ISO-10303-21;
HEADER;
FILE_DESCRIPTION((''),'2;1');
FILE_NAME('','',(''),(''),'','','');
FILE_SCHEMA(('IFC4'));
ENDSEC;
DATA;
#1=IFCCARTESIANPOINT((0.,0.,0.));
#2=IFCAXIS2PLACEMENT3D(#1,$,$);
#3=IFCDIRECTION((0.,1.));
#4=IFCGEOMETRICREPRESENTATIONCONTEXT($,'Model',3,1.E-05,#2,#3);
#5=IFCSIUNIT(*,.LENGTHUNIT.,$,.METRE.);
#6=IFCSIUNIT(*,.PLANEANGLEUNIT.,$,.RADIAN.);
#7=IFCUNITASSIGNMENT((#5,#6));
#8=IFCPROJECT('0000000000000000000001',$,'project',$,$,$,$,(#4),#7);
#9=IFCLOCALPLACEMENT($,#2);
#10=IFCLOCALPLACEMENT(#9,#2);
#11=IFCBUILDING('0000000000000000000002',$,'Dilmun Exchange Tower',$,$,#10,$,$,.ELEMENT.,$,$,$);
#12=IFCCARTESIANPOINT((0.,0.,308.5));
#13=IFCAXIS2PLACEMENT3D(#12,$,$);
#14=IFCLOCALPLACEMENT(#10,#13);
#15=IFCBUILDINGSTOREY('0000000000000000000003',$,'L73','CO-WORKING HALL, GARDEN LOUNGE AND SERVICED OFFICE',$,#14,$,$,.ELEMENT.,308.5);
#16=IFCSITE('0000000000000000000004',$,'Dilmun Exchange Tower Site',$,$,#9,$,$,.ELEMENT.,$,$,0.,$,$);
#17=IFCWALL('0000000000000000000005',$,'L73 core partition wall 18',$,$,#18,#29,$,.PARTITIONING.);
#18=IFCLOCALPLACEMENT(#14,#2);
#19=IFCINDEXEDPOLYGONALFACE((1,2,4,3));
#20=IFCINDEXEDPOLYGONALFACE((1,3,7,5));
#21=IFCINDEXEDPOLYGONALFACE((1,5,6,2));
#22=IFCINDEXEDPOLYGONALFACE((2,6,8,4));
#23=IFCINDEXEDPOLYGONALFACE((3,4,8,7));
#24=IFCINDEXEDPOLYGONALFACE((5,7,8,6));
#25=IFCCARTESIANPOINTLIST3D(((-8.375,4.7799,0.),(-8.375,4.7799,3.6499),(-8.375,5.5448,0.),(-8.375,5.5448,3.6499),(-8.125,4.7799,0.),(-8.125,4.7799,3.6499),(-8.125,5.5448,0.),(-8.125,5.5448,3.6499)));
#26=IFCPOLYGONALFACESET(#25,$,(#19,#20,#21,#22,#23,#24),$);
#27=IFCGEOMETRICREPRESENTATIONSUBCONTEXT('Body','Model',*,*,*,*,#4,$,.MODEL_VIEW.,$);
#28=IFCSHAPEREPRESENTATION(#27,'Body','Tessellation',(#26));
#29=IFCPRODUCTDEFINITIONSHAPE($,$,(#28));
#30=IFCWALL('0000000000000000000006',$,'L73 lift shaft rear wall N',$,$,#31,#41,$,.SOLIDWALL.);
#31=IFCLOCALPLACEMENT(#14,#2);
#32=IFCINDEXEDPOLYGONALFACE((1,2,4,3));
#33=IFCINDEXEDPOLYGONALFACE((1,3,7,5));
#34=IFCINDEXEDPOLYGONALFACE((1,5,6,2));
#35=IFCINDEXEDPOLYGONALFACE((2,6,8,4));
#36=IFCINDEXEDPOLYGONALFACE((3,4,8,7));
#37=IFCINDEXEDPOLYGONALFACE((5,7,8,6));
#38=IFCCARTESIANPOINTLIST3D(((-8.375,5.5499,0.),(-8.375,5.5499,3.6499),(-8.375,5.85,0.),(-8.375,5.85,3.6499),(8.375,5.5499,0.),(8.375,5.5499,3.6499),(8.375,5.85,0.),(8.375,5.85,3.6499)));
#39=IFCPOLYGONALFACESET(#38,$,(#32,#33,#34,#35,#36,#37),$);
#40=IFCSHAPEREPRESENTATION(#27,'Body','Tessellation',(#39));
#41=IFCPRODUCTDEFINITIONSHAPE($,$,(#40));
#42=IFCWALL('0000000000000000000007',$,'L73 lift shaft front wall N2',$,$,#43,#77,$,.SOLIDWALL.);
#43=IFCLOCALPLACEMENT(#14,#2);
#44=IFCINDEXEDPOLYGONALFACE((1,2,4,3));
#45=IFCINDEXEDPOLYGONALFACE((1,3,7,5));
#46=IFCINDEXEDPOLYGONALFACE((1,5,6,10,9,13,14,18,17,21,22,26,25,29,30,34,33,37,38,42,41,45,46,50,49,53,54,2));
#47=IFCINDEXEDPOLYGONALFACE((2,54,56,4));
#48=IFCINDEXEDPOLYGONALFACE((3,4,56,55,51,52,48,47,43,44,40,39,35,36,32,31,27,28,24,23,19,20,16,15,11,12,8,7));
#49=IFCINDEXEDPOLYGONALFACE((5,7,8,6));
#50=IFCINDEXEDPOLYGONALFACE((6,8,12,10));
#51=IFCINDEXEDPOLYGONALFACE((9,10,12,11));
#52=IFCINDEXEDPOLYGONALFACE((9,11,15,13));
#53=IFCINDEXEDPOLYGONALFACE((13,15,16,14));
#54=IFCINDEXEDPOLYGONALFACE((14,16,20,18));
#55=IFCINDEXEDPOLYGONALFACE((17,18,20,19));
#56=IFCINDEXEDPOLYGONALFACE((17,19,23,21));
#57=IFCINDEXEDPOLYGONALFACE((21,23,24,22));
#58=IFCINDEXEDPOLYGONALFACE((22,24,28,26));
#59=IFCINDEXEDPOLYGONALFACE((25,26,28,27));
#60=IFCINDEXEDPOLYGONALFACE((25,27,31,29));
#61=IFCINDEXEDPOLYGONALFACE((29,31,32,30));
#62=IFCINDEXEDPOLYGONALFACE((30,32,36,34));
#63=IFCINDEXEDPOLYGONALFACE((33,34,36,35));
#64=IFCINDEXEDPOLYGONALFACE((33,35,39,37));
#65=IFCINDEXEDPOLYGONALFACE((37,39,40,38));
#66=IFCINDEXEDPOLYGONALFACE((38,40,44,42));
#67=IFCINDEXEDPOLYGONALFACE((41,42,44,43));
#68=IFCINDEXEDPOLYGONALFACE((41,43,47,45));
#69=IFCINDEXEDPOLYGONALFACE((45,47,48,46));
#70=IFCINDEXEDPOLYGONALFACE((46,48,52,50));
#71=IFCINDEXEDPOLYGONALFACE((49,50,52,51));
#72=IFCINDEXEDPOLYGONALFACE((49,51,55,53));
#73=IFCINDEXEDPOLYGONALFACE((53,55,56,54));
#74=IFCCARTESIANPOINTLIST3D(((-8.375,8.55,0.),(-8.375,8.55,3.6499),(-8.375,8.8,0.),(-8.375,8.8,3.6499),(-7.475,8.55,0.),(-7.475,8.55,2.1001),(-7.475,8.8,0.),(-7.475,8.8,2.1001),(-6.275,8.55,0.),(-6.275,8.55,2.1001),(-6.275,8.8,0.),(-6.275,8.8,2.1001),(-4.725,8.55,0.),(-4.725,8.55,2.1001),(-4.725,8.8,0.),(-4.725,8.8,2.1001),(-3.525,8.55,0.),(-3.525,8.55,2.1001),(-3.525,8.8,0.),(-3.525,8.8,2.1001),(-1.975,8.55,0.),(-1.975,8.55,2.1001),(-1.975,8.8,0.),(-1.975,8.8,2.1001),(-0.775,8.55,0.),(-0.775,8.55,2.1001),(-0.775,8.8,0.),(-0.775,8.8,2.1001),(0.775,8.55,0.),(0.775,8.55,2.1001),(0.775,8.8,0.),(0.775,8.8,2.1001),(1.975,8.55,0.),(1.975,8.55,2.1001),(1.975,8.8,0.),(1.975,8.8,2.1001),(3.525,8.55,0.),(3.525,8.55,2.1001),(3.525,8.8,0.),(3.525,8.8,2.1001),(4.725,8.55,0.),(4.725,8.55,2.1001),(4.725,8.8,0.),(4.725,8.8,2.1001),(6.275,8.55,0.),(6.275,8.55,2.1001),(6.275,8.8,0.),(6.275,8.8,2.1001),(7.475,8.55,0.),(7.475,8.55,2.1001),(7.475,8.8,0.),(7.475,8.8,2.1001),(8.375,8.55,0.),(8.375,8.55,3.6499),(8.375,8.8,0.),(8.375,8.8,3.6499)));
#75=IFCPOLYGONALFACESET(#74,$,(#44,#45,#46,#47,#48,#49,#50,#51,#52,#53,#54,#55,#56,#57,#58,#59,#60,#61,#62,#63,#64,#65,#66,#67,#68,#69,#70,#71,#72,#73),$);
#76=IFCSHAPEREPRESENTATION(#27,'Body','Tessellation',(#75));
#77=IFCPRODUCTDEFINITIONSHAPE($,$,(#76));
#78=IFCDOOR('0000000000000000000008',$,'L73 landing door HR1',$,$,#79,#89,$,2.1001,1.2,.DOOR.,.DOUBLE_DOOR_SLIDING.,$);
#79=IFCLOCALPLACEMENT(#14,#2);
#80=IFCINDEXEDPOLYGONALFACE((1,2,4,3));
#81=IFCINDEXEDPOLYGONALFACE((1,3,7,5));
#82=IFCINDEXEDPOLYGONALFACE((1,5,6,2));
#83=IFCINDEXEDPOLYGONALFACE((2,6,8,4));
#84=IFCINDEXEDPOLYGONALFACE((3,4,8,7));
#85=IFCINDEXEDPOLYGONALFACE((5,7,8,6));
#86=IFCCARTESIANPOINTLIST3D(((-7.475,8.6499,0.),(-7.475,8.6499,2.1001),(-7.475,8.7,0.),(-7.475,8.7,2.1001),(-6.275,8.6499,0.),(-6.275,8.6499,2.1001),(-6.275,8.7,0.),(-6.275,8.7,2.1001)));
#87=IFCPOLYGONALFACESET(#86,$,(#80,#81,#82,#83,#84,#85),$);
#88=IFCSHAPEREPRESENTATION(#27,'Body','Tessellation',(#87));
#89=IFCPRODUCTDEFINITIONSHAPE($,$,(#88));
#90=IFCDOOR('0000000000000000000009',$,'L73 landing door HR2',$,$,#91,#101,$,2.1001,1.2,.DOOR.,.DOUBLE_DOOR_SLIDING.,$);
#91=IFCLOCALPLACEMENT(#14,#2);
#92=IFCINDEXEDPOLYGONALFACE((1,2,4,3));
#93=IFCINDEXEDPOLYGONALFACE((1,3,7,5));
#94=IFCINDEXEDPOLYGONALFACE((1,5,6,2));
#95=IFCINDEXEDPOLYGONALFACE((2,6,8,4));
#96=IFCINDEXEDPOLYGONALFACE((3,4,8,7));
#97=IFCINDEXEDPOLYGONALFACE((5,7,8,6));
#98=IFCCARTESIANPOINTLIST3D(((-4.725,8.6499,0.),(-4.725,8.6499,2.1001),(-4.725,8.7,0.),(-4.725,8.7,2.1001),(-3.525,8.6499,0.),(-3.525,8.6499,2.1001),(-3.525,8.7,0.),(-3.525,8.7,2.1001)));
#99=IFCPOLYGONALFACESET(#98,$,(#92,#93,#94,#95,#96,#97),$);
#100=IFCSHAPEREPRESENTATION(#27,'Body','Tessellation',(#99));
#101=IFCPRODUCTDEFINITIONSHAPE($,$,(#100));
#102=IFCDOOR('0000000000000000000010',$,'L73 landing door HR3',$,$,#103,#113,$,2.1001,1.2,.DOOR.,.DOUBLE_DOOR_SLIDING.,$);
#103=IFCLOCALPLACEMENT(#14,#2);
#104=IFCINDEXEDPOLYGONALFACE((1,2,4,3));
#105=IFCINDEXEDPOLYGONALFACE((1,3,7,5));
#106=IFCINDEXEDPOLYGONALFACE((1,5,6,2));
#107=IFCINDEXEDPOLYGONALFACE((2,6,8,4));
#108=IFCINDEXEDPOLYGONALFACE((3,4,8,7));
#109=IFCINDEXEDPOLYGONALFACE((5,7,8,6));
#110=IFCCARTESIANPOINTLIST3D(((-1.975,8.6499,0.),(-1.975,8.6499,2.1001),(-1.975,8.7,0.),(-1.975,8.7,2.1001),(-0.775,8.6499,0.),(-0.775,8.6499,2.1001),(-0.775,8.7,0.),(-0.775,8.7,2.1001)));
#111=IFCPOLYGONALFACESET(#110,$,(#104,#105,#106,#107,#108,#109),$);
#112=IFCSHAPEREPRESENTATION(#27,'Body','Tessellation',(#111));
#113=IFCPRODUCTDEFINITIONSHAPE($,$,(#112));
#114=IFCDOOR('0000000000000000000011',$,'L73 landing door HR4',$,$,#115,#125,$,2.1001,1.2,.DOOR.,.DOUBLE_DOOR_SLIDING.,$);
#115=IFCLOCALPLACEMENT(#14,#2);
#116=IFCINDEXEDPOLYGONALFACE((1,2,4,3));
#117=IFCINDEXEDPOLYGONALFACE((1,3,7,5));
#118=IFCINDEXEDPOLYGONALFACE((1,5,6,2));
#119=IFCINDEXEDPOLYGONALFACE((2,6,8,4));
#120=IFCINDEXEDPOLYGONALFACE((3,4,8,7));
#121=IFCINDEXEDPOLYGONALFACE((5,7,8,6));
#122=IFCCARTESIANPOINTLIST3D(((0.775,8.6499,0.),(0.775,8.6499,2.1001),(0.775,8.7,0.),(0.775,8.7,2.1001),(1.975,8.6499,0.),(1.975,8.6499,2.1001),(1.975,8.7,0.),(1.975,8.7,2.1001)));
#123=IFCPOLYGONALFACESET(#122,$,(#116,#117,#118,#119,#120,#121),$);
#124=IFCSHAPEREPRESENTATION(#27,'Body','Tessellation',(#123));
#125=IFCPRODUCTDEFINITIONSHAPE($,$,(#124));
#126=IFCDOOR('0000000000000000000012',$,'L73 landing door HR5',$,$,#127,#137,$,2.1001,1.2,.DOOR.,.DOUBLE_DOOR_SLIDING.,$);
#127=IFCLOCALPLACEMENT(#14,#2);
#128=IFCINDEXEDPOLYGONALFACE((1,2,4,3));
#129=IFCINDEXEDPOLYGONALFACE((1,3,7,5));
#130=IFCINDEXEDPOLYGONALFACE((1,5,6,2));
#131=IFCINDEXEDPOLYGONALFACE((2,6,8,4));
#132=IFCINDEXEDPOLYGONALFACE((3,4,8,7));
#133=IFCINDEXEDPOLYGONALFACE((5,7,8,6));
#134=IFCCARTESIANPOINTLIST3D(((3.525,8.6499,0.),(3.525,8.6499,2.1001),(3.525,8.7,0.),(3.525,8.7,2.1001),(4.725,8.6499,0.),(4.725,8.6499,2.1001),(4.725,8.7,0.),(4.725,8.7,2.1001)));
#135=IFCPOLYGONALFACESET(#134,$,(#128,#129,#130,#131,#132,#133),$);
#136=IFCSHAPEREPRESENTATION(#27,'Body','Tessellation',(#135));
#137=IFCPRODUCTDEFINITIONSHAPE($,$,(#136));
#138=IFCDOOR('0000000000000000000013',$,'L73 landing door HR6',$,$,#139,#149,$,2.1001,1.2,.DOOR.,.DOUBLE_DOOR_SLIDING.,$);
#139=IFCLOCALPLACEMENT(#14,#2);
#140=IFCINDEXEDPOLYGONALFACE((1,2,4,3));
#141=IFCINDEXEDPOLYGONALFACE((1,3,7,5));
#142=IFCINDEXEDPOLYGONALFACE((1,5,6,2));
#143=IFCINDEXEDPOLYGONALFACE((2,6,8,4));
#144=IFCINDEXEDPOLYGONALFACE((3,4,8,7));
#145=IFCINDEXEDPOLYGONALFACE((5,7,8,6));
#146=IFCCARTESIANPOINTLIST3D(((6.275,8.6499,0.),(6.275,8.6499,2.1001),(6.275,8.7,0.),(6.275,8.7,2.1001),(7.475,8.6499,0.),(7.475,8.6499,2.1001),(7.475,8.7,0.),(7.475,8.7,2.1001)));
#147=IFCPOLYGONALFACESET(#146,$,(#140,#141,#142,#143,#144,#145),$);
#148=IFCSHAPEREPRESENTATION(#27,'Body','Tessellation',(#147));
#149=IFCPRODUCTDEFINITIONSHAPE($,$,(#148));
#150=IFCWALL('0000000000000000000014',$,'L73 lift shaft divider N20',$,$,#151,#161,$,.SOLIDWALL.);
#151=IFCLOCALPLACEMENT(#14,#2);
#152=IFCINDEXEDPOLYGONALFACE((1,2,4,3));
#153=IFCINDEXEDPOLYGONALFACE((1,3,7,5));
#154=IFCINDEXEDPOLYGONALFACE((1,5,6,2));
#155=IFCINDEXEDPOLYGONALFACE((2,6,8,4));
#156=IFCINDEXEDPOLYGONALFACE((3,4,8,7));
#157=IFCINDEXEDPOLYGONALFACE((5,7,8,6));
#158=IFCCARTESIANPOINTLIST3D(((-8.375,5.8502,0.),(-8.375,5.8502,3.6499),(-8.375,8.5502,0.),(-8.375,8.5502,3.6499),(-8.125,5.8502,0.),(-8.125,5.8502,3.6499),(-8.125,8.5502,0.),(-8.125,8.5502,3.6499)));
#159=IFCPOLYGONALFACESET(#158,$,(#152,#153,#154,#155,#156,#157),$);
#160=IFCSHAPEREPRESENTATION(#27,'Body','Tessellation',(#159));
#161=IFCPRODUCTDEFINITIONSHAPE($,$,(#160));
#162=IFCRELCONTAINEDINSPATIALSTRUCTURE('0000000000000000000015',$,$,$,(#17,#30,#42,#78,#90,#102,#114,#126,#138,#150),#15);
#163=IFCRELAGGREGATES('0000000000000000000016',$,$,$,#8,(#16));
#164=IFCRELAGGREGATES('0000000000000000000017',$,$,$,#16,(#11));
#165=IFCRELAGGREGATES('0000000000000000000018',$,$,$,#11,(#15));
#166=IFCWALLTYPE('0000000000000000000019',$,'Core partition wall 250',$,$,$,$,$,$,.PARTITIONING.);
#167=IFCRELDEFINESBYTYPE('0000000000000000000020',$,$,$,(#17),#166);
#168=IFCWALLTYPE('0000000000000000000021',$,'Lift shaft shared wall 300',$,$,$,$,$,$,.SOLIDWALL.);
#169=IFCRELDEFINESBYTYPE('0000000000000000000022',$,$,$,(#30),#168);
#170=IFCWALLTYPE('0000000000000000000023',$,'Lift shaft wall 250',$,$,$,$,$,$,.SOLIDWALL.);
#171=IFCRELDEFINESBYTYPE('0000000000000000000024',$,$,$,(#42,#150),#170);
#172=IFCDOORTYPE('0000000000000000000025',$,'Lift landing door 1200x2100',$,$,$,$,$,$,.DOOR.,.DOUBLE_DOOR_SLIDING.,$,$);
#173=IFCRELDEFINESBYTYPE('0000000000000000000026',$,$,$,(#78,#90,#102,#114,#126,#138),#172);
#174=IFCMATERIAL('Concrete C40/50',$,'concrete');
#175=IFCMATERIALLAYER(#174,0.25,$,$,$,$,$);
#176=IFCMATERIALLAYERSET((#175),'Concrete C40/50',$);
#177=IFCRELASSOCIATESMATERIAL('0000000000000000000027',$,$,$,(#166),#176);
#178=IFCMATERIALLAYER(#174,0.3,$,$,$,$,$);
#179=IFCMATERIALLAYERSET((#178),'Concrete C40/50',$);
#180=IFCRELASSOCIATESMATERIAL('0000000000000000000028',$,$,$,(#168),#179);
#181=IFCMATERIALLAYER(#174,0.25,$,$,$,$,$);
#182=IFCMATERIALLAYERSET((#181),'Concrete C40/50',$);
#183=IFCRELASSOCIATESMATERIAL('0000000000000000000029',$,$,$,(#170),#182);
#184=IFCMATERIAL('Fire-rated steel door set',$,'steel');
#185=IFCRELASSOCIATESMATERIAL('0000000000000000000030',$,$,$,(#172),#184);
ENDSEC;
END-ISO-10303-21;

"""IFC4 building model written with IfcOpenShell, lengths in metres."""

from ifc_helpers import new_model, si_unit, direction, frame, frame_2d, origin, place, context, subcontext, project, spatial, rectangle, extrude, material, layer, layer_set, type_object, element, fill, save


model = new_model("IFC4")

# Units and contexts
model_context = context("Model", 3, precision=1e-05, world=origin(), true_north=direction((0.0, 1.0)))
body_context = subcontext(model_context, "Body", "Model", "MODEL_VIEW")
ifc_project = project(units=[si_unit("LENGTHUNIT", "METRE"), si_unit("PLANEANGLEUNIT", "RADIAN")], contexts=[model_context])

# Site, building, storey
site_placement = place(None, origin())
site = spatial("IfcSite", under=ifc_project, at=site_placement, Name="Dilmun Exchange Tower Site", CompositionType="ELEMENT", RefElevation=0.0)
building_placement = place(site_placement, origin())
building = spatial("IfcBuilding", under=site, at=building_placement, Name="Dilmun Exchange Tower", CompositionType="ELEMENT")
storey_placement = place(building_placement, frame((0.0, 0.0, 308.5)))
storey = spatial("IfcBuildingStorey", under=building, at=storey_placement, Name="L73", Description="CO-WORKING HALL, GARDEN LOUNGE AND SERVICED OFFICE", CompositionType="ELEMENT", Elevation=308.5)

# Shared definitions
ifc_material_1 = material(Name="Concrete C40/50", Category="concrete")

# Shared definitions
ifc_layer_1 = layer(ifc_material_1, 0.25)
ifc_layer_set_1 = layer_set([ifc_layer_1], Name="Concrete C40/50")
wall_type_1 = type_object("IfcWallType", Name="Core partition wall 250", PredefinedType="PARTITIONING", material=ifc_layer_set_1)
ifc_material_2 = material(Name="Fire-rated steel door set", Category="steel")

# Walls
wall_1_placement = place(storey_placement, frame((-8.25, 4.78, 0.0), z_axis=(0.0, 0.0, 1.0), x_axis=(0.0, 1.0, 0.0)))
element("IfcWall", 1, at=wall_1_placement, inside=storey, type_object=wall_type_1, Name="L73 core partition wall 18", PredefinedType="PARTITIONING", context=body_context, shape_type="SweptSolid", body=[
    extrude(rectangle(XDim=0.7649, YDim=0.25, at=frame_2d((0.3823, 0.0))), origin(), (0.0, 0.0, 1.0), 3.6499),
])
ifc_layer_2 = layer(ifc_material_1, 0.3)
ifc_layer_set_2 = layer_set([ifc_layer_2], Name="Concrete C40/50")
wall_type_2 = type_object("IfcWallType", Name="Lift shaft shared wall 300", PredefinedType="SOLIDWALL", material=ifc_layer_set_2)
wall_2_placement = place(storey_placement, frame((-8.375, 5.7, 0.0), z_axis=(0.0, 0.0, 1.0), x_axis=(1.0, 0.0, 0.0)))
element("IfcWall", 2, at=wall_2_placement, inside=storey, type_object=wall_type_2, Name="L73 lift shaft rear wall N", PredefinedType="SOLIDWALL", context=body_context, shape_type="SweptSolid", body=[
    extrude(rectangle(XDim=16.75, YDim=0.3, at=frame_2d((8.375, 0.0))), origin(), (0.0, 0.0, 1.0), 3.6499),
])

# Wall, openings, doors
ifc_layer_3 = layer(ifc_material_1, 0.25)
ifc_layer_set_3 = layer_set([ifc_layer_3], Name="Concrete C40/50")
wall_type_3 = type_object("IfcWallType", Name="Lift shaft wall 250", PredefinedType="SOLIDWALL", material=ifc_layer_set_3)
wall_3_placement = place(storey_placement, frame((-8.375, 8.675, 0.0), z_axis=(0.0, 0.0, 1.0), x_axis=(1.0, 0.0, 0.0)))
wall_3 = element("IfcWall", 3, at=wall_3_placement, inside=storey, type_object=wall_type_3, Name="L73 lift shaft front wall N2", PredefinedType="SOLIDWALL", context=body_context, shape_type="SweptSolid", body=[
    extrude(rectangle(XDim=16.75, YDim=0.25, at=frame_2d((8.375, 0.0))), origin(), (0.0, 0.0, 1.0), 3.6499),
])
opening_1_placement = place(wall_3_placement, frame((0.8999, 0.0, 0.0)))
opening_1 = element("IfcOpeningElement", 4, at=opening_1_placement, cuts=wall_3, PredefinedType="OPENING", context=body_context, shape_type="SweptSolid", body=[
    extrude(rectangle(XDim=1.2, YDim=2.1001, at=frame_2d((0.6001, 1.05))), frame((0.0, 0.135, 0.0), z_axis=(0.0, -1.0, 0.0), x_axis=(1.0, 0.0, 0.0)), (0.0, 0.0, 1.0), 0.27),
])
opening_2_placement = place(wall_3_placement, frame((3.6499, 0.0, 0.0)))
opening_2 = element("IfcOpeningElement", 5, at=opening_2_placement, cuts=wall_3, PredefinedType="OPENING", context=body_context, shape_type="SweptSolid", body=[
    extrude(rectangle(XDim=1.2, YDim=2.1001, at=frame_2d((0.6001, 1.05))), frame((0.0, 0.135, 0.0), z_axis=(0.0, -1.0, 0.0), x_axis=(1.0, 0.0, 0.0)), (0.0, 0.0, 1.0), 0.27),
])
opening_3_placement = place(wall_3_placement, frame((6.3999, 0.0, 0.0)))
opening_3 = element("IfcOpeningElement", 6, at=opening_3_placement, cuts=wall_3, PredefinedType="OPENING", context=body_context, shape_type="SweptSolid", body=[
    extrude(rectangle(XDim=1.2, YDim=2.1001, at=frame_2d((0.6001, 1.05))), frame((0.0, 0.135, 0.0), z_axis=(0.0, -1.0, 0.0), x_axis=(1.0, 0.0, 0.0)), (0.0, 0.0, 1.0), 0.27),
])
opening_4_placement = place(wall_3_placement, frame((9.1499, 0.0, 0.0)))
opening_4 = element("IfcOpeningElement", 7, at=opening_4_placement, cuts=wall_3, PredefinedType="OPENING", context=body_context, shape_type="SweptSolid", body=[
    extrude(rectangle(XDim=1.2, YDim=2.1001, at=frame_2d((0.6001, 1.05))), frame((0.0, 0.135, 0.0), z_axis=(0.0, -1.0, 0.0), x_axis=(1.0, 0.0, 0.0)), (0.0, 0.0, 1.0), 0.27),
])
opening_5_placement = place(wall_3_placement, frame((11.8999, 0.0, 0.0)))
opening_5 = element("IfcOpeningElement", 8, at=opening_5_placement, cuts=wall_3, PredefinedType="OPENING", context=body_context, shape_type="SweptSolid", body=[
    extrude(rectangle(XDim=1.2, YDim=2.1001, at=frame_2d((0.6001, 1.05))), frame((0.0, 0.135, 0.0), z_axis=(0.0, -1.0, 0.0), x_axis=(1.0, 0.0, 0.0)), (0.0, 0.0, 1.0), 0.27),
])
opening_6_placement = place(wall_3_placement, frame((14.6499, 0.0, 0.0)))
opening_6 = element("IfcOpeningElement", 9, at=opening_6_placement, cuts=wall_3, PredefinedType="OPENING", context=body_context, shape_type="SweptSolid", body=[
    extrude(rectangle(XDim=1.2, YDim=2.1001, at=frame_2d((0.6001, 1.05))), frame((0.0, 0.135, 0.0), z_axis=(0.0, -1.0, 0.0), x_axis=(1.0, 0.0, 0.0)), (0.0, 0.0, 1.0), 0.27),
])
door_type_1 = type_object("IfcDoorType", Name="Lift landing door 1200x2100", OperationType="DOUBLE_DOOR_SLIDING", PredefinedType="DOOR", material=ifc_material_2)
door_1_placement = place(opening_1_placement, origin())
door_1 = element("IfcDoor", 10, at=door_1_placement, inside=storey, type_object=door_type_1, Name="L73 landing door HR1", OperationType="DOUBLE_DOOR_SLIDING", OverallHeight=2.1001, OverallWidth=1.2, PredefinedType="DOOR", context=body_context, shape_type="SweptSolid", body=[
    extrude(rectangle(XDim=1.2, YDim=2.1001, at=frame_2d((0.6001, 1.05))), frame((0.0, 0.0249, 0.0), z_axis=(0.0, -1.0, 0.0), x_axis=(1.0, 0.0, 0.0)), (0.0, 0.0, 1.0), 0.05),
])
fill(opening_1, door_1)
door_2_placement = place(opening_2_placement, origin())
door_2 = element("IfcDoor", 11, at=door_2_placement, inside=storey, type_object=door_type_1, Name="L73 landing door HR2", OperationType="DOUBLE_DOOR_SLIDING", OverallHeight=2.1001, OverallWidth=1.2, PredefinedType="DOOR", context=body_context, shape_type="SweptSolid", body=[
    extrude(rectangle(XDim=1.2, YDim=2.1001, at=frame_2d((0.6001, 1.05))), frame((0.0, 0.0249, 0.0), z_axis=(0.0, -1.0, 0.0), x_axis=(1.0, 0.0, 0.0)), (0.0, 0.0, 1.0), 0.05),
])
fill(opening_2, door_2)
door_3_placement = place(opening_3_placement, origin())
door_3 = element("IfcDoor", 12, at=door_3_placement, inside=storey, type_object=door_type_1, Name="L73 landing door HR3", OperationType="DOUBLE_DOOR_SLIDING", OverallHeight=2.1001, OverallWidth=1.2, PredefinedType="DOOR", context=body_context, shape_type="SweptSolid", body=[
    extrude(rectangle(XDim=1.2, YDim=2.1001, at=frame_2d((0.6001, 1.05))), frame((0.0, 0.0249, 0.0), z_axis=(0.0, -1.0, 0.0), x_axis=(1.0, 0.0, 0.0)), (0.0, 0.0, 1.0), 0.05),
])
fill(opening_3, door_3)
door_4_placement = place(opening_4_placement, origin())
door_4 = element("IfcDoor", 13, at=door_4_placement, inside=storey, type_object=door_type_1, Name="L73 landing door HR4", OperationType="DOUBLE_DOOR_SLIDING", OverallHeight=2.1001, OverallWidth=1.2, PredefinedType="DOOR", context=body_context, shape_type="SweptSolid", body=[
    extrude(rectangle(XDim=1.2, YDim=2.1001, at=frame_2d((0.6001, 1.05))), frame((0.0, 0.0249, 0.0), z_axis=(0.0, -1.0, 0.0), x_axis=(1.0, 0.0, 0.0)), (0.0, 0.0, 1.0), 0.05),
])
fill(opening_4, door_4)
door_5_placement = place(opening_5_placement, origin())
door_5 = element("IfcDoor", 14, at=door_5_placement, inside=storey, type_object=door_type_1, Name="L73 landing door HR5", OperationType="DOUBLE_DOOR_SLIDING", OverallHeight=2.1001, OverallWidth=1.2, PredefinedType="DOOR", context=body_context, shape_type="SweptSolid", body=[
    extrude(rectangle(XDim=1.2, YDim=2.1001, at=frame_2d((0.6001, 1.05))), frame((0.0, 0.0249, 0.0), z_axis=(0.0, -1.0, 0.0), x_axis=(1.0, 0.0, 0.0)), (0.0, 0.0, 1.0), 0.05),
])
fill(opening_5, door_5)
door_6_placement = place(opening_6_placement, origin())
door_6 = element("IfcDoor", 15, at=door_6_placement, inside=storey, type_object=door_type_1, Name="L73 landing door HR6", OperationType="DOUBLE_DOOR_SLIDING", OverallHeight=2.1001, OverallWidth=1.2, PredefinedType="DOOR", context=body_context, shape_type="SweptSolid", body=[
    extrude(rectangle(XDim=1.2, YDim=2.1001, at=frame_2d((0.6001, 1.05))), frame((0.0, 0.0249, 0.0), z_axis=(0.0, -1.0, 0.0), x_axis=(1.0, 0.0, 0.0)), (0.0, 0.0, 1.0), 0.05),
])
fill(opening_6, door_6)

# Wall
wall_4_placement = place(storey_placement, frame((-8.25, 5.8501, 0.0), z_axis=(0.0, 0.0, 1.0), x_axis=(0.0, 1.0, 0.0)))
element("IfcWall", 16, at=wall_4_placement, inside=storey, type_object=wall_type_3, Name="L73 lift shaft divider N20", PredefinedType="SOLIDWALL", context=body_context, shape_type="SweptSolid", body=[
    extrude(rectangle(XDim=2.7, YDim=0.25, at=frame_2d((1.3501, 0.0))), origin(), (0.0, 0.0, 1.0), 3.6499),
])

save(model, "model.ifc")
